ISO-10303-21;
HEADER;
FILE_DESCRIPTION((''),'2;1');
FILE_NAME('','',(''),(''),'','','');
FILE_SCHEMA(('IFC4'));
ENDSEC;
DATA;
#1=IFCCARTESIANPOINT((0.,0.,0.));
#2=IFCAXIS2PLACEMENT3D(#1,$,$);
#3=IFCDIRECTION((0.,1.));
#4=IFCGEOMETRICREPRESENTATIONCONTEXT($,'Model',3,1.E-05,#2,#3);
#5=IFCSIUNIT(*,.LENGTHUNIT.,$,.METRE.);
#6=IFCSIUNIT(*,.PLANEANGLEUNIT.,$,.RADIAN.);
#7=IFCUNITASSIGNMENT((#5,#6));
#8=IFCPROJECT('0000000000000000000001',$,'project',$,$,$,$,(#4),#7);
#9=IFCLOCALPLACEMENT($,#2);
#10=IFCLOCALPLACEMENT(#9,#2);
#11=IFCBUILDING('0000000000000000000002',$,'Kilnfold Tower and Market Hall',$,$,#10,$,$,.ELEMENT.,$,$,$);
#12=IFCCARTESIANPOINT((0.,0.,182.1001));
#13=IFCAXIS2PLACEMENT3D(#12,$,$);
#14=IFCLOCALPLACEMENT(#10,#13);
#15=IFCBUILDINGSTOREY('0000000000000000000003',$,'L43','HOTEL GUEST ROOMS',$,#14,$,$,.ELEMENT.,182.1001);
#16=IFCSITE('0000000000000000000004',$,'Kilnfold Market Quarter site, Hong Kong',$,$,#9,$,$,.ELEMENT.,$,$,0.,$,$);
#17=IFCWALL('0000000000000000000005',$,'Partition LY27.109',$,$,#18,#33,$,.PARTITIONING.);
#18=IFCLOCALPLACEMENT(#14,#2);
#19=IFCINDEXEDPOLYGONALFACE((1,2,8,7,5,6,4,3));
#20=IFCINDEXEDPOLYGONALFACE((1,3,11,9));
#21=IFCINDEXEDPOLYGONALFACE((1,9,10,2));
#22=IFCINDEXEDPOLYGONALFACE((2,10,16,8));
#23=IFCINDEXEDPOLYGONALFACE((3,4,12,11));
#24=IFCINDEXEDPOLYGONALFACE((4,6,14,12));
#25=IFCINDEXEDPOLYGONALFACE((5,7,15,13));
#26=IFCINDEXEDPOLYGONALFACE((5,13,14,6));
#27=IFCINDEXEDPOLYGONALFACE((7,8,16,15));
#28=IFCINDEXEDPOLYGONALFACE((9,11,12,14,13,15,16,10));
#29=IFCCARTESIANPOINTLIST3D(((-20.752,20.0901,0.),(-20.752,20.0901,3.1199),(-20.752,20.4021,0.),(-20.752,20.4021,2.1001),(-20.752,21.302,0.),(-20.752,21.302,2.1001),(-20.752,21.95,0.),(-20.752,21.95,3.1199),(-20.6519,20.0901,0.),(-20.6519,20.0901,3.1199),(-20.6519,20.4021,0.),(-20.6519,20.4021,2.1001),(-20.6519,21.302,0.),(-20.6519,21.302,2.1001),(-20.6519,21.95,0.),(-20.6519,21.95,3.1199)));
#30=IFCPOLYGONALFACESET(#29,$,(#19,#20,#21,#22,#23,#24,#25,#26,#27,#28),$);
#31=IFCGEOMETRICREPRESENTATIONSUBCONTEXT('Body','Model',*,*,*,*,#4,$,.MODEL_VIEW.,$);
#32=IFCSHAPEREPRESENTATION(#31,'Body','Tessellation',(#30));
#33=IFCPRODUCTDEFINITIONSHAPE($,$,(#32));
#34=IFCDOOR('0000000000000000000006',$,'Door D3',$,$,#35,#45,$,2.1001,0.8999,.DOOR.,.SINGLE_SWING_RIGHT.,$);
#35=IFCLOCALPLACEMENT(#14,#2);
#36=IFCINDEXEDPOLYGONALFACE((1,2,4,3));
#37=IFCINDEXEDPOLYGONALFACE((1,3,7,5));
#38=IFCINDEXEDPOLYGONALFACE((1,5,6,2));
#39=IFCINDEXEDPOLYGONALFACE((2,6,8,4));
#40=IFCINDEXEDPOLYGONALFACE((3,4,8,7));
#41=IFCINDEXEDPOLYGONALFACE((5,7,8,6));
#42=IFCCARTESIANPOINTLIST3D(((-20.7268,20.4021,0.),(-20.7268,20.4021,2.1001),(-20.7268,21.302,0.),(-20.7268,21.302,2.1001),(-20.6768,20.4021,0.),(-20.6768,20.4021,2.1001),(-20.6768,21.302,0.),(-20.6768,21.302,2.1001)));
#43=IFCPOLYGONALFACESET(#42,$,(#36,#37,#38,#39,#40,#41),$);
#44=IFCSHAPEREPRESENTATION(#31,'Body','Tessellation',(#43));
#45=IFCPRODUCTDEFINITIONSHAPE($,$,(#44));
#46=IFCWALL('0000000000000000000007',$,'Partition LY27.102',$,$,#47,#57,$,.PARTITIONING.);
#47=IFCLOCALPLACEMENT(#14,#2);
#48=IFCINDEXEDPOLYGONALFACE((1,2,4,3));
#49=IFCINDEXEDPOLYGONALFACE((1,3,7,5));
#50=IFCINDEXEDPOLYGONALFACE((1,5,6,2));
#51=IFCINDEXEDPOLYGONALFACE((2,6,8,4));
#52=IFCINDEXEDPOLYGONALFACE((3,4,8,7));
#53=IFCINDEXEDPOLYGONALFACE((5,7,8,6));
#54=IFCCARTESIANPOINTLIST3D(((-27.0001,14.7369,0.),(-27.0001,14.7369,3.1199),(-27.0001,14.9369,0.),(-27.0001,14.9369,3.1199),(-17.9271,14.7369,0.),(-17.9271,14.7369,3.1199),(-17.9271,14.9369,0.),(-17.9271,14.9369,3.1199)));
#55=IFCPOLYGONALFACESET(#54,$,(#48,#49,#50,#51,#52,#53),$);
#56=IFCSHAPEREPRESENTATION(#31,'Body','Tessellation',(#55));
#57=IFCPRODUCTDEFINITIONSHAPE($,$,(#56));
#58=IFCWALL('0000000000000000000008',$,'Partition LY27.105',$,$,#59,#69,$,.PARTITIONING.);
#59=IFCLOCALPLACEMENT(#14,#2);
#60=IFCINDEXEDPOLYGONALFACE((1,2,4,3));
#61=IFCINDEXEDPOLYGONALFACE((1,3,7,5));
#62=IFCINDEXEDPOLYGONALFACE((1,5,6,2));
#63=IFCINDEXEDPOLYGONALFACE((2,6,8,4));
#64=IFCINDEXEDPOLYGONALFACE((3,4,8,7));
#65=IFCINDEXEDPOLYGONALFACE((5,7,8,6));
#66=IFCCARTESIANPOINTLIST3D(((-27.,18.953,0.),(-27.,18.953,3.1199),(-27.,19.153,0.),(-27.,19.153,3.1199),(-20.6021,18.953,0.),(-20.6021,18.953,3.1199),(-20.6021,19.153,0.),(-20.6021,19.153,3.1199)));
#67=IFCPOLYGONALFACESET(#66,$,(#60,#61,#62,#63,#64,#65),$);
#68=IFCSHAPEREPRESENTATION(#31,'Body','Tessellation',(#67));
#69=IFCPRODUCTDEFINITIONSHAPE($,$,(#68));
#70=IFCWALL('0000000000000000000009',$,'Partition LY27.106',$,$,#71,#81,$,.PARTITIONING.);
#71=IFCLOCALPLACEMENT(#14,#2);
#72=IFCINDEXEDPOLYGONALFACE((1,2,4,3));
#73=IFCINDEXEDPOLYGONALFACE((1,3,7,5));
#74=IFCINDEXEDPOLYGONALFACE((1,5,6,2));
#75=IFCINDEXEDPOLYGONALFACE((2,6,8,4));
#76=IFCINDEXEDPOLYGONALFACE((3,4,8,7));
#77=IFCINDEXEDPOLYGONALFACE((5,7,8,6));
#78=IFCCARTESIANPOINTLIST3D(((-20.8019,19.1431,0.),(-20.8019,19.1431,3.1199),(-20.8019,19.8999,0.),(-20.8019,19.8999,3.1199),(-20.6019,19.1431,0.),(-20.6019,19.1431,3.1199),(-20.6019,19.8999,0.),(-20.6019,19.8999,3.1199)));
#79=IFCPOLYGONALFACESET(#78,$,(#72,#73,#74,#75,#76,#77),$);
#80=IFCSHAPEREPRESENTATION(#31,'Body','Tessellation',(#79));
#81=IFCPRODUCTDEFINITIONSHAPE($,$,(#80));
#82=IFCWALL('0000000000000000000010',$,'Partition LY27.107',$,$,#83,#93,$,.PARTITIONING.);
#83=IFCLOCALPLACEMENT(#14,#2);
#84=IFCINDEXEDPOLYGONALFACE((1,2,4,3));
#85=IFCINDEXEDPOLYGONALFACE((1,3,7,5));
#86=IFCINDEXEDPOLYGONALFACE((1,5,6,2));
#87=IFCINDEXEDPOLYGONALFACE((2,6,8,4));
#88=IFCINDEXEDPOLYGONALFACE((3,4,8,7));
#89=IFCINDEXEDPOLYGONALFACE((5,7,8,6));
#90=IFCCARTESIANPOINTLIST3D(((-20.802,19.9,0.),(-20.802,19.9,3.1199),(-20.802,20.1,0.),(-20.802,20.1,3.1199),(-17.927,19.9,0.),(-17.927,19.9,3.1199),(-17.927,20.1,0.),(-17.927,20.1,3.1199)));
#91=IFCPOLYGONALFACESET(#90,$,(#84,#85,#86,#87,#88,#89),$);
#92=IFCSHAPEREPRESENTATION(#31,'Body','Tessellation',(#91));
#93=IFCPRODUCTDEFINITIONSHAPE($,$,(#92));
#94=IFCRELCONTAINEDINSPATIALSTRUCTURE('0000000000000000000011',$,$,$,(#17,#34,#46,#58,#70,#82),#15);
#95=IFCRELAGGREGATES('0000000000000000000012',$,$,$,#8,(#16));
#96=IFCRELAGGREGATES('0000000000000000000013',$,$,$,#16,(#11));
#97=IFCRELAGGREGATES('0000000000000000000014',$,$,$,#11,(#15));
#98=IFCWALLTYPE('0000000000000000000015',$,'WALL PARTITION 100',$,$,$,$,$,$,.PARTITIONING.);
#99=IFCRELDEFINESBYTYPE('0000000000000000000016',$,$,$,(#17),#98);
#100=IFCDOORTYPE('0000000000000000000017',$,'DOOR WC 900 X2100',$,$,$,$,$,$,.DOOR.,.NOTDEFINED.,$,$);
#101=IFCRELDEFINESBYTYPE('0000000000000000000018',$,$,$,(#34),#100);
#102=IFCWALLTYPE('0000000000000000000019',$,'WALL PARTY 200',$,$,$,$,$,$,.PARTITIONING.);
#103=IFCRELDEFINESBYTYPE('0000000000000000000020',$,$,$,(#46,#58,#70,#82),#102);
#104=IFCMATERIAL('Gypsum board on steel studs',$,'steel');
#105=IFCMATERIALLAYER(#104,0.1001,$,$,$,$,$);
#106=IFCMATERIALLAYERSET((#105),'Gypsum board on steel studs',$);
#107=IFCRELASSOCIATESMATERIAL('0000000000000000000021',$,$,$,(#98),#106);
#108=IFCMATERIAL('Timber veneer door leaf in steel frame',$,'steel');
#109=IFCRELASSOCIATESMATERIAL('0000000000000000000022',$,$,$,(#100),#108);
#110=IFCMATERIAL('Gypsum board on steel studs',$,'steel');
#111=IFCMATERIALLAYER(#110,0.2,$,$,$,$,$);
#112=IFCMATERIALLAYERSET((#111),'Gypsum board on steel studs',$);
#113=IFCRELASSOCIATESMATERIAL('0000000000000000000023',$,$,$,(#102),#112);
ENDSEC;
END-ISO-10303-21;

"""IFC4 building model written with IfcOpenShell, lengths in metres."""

from ifc_helpers import new_model, si_unit, direction, frame, frame_2d, origin, place, context, subcontext, project, spatial, rectangle, extrude, material, layer, layer_set, type_object, element, fill, save


model = new_model("IFC4")

# Units and contexts
model_context = context("Model", 3, precision=1e-05, world=origin(), true_north=direction((0.0, 1.0)))
body_context = subcontext(model_context, "Body", "Model", "MODEL_VIEW")
ifc_project = project(units=[si_unit("LENGTHUNIT", "METRE"), si_unit("PLANEANGLEUNIT", "RADIAN")], contexts=[model_context])

# Site, building, storey
site_placement = place(None, origin())
site = spatial("IfcSite", under=ifc_project, at=site_placement, Name="Kilnfold Market Quarter site, Hong Kong", CompositionType="ELEMENT", RefElevation=0.0)
building_placement = place(site_placement, origin())
building = spatial("IfcBuilding", under=site, at=building_placement, Name="Kilnfold Tower and Market Hall", CompositionType="ELEMENT")
storey_placement = place(building_placement, frame((0.0, 0.0, 182.1001)))
storey = spatial("IfcBuildingStorey", under=building, at=storey_placement, Name="L43", Description="HOTEL GUEST ROOMS", CompositionType="ELEMENT", Elevation=182.1001)

# Shared definitions
ifc_material_1 = material(Name="Gypsum board on steel studs", Category="steel")
ifc_layer_1 = layer(ifc_material_1, 0.1001)
ifc_layer_set_1 = layer_set([ifc_layer_1], Name="Gypsum board on steel studs")
wall_type_1 = type_object("IfcWallType", Name="WALL PARTITION 100", PredefinedType="PARTITIONING", material=ifc_layer_set_1)
ifc_material_2 = material(Name="Timber veneer door leaf in steel frame", Category="steel")
door_type_1 = type_object("IfcDoorType", Name="DOOR WC 900 X2100", OperationType="NOTDEFINED", PredefinedType="DOOR", material=ifc_material_2)

# Wall, opening, door
wall_1_placement = place(storey_placement, frame((-20.7019, 20.0901, 0.0), z_axis=(0.0, 0.0, 1.0), x_axis=(0.0, 1.0, 0.0)))
wall_1 = element("IfcWall", 1, at=wall_1_placement, inside=storey, type_object=wall_type_1, Name="Partition LY27.109", PredefinedType="PARTITIONING", context=body_context, shape_type="SweptSolid", body=[
    extrude(rectangle(XDim=1.8599, YDim=0.1001, at=frame_2d((0.9299, 0.0))), origin(), (0.0, 0.0, 1.0), 3.1199),
])
opening_1_placement = place(wall_1_placement, frame((0.312, 0.0, 0.0)))
opening_1 = element("IfcOpeningElement", 2, at=opening_1_placement, cuts=wall_1, PredefinedType="OPENING", context=body_context, shape_type="SweptSolid", body=[
    extrude(rectangle(XDim=0.8999, YDim=2.1001, at=frame_2d((0.45, 1.05))), frame((0.0, 0.0601, 0.0), z_axis=(0.0, -1.0, 0.0), x_axis=(1.0, 0.0, 0.0)), (0.0, 0.0, 1.0), 0.1201),
])
door_1_placement = place(opening_1_placement, origin())
door_1 = element("IfcDoor", 3, at=door_1_placement, inside=storey, type_object=door_type_1, Name="Door D3", OperationType="SINGLE_SWING_RIGHT", OverallHeight=2.1001, OverallWidth=0.8999, PredefinedType="DOOR", context=body_context, shape_type="SweptSolid", body=[
    extrude(rectangle(XDim=0.8999, YDim=2.1001, at=frame_2d((0.45, 1.05))), frame((0.0, 0.0249, 0.0), z_axis=(0.0, -1.0, 0.0), x_axis=(1.0, 0.0, 0.0)), (0.0, 0.0, 1.0), 0.05),
])
fill(opening_1, door_1)

# Walls
ifc_material_3 = material(Name="Gypsum board on steel studs", Category="steel")
ifc_layer_2 = layer(ifc_material_3, 0.2)
ifc_layer_set_2 = layer_set([ifc_layer_2], Name="Gypsum board on steel studs")
wall_type_2 = type_object("IfcWallType", Name="WALL PARTY 200", PredefinedType="PARTITIONING", material=ifc_layer_set_2)
wall_2_placement = place(storey_placement, frame((-17.927, 14.8369, 0.0), z_axis=(0.0, 0.0, 1.0), x_axis=(-1.0, 0.0, 0.0)))
element("IfcWall", 4, at=wall_2_placement, inside=storey, type_object=wall_type_2, Name="Partition LY27.102", PredefinedType="PARTITIONING", context=body_context, shape_type="SweptSolid", body=[
    extrude(rectangle(XDim=9.073, YDim=0.2, at=frame_2d((4.5366, 0.0))), origin(), (0.0, 0.0, 1.0), 3.1199),
])
wall_3_placement = place(storey_placement, frame((-20.6021, 19.053, 0.0), z_axis=(0.0, 0.0, 1.0), x_axis=(-1.0, 0.0, 0.0)))
element("IfcWall", 5, at=wall_3_placement, inside=storey, type_object=wall_type_2, Name="Partition LY27.105", PredefinedType="PARTITIONING", context=body_context, shape_type="SweptSolid", body=[
    extrude(rectangle(XDim=6.3979, YDim=0.2, at=frame_2d((3.199, 0.0))), origin(), (0.0, 0.0, 1.0), 3.1199),
])
wall_4_placement = place(storey_placement, frame((-20.7019, 19.8999, 0.0), z_axis=(0.0, 0.0, 1.0), x_axis=(0.0, -1.0, 0.0)))
element("IfcWall", 6, at=wall_4_placement, inside=storey, type_object=wall_type_2, Name="Partition LY27.106", PredefinedType="PARTITIONING", context=body_context, shape_type="SweptSolid", body=[
    extrude(rectangle(XDim=0.7568, YDim=0.2, at=frame_2d((0.3784, 0.0))), origin(), (0.0, 0.0, 1.0), 3.1199),
])
wall_5_placement = place(storey_placement, frame((-17.927, 20.0, 0.0), z_axis=(0.0, 0.0, 1.0), x_axis=(-1.0, 0.0, 0.0)))
element("IfcWall", 7, at=wall_5_placement, inside=storey, type_object=wall_type_2, Name="Partition LY27.107", PredefinedType="PARTITIONING", context=body_context, shape_type="SweptSolid", body=[
    extrude(rectangle(XDim=2.875, YDim=0.2, at=frame_2d((1.4375, 0.0))), origin(), (0.0, 0.0, 1.0), 3.1199),
])

save(model, "model.ifc")
